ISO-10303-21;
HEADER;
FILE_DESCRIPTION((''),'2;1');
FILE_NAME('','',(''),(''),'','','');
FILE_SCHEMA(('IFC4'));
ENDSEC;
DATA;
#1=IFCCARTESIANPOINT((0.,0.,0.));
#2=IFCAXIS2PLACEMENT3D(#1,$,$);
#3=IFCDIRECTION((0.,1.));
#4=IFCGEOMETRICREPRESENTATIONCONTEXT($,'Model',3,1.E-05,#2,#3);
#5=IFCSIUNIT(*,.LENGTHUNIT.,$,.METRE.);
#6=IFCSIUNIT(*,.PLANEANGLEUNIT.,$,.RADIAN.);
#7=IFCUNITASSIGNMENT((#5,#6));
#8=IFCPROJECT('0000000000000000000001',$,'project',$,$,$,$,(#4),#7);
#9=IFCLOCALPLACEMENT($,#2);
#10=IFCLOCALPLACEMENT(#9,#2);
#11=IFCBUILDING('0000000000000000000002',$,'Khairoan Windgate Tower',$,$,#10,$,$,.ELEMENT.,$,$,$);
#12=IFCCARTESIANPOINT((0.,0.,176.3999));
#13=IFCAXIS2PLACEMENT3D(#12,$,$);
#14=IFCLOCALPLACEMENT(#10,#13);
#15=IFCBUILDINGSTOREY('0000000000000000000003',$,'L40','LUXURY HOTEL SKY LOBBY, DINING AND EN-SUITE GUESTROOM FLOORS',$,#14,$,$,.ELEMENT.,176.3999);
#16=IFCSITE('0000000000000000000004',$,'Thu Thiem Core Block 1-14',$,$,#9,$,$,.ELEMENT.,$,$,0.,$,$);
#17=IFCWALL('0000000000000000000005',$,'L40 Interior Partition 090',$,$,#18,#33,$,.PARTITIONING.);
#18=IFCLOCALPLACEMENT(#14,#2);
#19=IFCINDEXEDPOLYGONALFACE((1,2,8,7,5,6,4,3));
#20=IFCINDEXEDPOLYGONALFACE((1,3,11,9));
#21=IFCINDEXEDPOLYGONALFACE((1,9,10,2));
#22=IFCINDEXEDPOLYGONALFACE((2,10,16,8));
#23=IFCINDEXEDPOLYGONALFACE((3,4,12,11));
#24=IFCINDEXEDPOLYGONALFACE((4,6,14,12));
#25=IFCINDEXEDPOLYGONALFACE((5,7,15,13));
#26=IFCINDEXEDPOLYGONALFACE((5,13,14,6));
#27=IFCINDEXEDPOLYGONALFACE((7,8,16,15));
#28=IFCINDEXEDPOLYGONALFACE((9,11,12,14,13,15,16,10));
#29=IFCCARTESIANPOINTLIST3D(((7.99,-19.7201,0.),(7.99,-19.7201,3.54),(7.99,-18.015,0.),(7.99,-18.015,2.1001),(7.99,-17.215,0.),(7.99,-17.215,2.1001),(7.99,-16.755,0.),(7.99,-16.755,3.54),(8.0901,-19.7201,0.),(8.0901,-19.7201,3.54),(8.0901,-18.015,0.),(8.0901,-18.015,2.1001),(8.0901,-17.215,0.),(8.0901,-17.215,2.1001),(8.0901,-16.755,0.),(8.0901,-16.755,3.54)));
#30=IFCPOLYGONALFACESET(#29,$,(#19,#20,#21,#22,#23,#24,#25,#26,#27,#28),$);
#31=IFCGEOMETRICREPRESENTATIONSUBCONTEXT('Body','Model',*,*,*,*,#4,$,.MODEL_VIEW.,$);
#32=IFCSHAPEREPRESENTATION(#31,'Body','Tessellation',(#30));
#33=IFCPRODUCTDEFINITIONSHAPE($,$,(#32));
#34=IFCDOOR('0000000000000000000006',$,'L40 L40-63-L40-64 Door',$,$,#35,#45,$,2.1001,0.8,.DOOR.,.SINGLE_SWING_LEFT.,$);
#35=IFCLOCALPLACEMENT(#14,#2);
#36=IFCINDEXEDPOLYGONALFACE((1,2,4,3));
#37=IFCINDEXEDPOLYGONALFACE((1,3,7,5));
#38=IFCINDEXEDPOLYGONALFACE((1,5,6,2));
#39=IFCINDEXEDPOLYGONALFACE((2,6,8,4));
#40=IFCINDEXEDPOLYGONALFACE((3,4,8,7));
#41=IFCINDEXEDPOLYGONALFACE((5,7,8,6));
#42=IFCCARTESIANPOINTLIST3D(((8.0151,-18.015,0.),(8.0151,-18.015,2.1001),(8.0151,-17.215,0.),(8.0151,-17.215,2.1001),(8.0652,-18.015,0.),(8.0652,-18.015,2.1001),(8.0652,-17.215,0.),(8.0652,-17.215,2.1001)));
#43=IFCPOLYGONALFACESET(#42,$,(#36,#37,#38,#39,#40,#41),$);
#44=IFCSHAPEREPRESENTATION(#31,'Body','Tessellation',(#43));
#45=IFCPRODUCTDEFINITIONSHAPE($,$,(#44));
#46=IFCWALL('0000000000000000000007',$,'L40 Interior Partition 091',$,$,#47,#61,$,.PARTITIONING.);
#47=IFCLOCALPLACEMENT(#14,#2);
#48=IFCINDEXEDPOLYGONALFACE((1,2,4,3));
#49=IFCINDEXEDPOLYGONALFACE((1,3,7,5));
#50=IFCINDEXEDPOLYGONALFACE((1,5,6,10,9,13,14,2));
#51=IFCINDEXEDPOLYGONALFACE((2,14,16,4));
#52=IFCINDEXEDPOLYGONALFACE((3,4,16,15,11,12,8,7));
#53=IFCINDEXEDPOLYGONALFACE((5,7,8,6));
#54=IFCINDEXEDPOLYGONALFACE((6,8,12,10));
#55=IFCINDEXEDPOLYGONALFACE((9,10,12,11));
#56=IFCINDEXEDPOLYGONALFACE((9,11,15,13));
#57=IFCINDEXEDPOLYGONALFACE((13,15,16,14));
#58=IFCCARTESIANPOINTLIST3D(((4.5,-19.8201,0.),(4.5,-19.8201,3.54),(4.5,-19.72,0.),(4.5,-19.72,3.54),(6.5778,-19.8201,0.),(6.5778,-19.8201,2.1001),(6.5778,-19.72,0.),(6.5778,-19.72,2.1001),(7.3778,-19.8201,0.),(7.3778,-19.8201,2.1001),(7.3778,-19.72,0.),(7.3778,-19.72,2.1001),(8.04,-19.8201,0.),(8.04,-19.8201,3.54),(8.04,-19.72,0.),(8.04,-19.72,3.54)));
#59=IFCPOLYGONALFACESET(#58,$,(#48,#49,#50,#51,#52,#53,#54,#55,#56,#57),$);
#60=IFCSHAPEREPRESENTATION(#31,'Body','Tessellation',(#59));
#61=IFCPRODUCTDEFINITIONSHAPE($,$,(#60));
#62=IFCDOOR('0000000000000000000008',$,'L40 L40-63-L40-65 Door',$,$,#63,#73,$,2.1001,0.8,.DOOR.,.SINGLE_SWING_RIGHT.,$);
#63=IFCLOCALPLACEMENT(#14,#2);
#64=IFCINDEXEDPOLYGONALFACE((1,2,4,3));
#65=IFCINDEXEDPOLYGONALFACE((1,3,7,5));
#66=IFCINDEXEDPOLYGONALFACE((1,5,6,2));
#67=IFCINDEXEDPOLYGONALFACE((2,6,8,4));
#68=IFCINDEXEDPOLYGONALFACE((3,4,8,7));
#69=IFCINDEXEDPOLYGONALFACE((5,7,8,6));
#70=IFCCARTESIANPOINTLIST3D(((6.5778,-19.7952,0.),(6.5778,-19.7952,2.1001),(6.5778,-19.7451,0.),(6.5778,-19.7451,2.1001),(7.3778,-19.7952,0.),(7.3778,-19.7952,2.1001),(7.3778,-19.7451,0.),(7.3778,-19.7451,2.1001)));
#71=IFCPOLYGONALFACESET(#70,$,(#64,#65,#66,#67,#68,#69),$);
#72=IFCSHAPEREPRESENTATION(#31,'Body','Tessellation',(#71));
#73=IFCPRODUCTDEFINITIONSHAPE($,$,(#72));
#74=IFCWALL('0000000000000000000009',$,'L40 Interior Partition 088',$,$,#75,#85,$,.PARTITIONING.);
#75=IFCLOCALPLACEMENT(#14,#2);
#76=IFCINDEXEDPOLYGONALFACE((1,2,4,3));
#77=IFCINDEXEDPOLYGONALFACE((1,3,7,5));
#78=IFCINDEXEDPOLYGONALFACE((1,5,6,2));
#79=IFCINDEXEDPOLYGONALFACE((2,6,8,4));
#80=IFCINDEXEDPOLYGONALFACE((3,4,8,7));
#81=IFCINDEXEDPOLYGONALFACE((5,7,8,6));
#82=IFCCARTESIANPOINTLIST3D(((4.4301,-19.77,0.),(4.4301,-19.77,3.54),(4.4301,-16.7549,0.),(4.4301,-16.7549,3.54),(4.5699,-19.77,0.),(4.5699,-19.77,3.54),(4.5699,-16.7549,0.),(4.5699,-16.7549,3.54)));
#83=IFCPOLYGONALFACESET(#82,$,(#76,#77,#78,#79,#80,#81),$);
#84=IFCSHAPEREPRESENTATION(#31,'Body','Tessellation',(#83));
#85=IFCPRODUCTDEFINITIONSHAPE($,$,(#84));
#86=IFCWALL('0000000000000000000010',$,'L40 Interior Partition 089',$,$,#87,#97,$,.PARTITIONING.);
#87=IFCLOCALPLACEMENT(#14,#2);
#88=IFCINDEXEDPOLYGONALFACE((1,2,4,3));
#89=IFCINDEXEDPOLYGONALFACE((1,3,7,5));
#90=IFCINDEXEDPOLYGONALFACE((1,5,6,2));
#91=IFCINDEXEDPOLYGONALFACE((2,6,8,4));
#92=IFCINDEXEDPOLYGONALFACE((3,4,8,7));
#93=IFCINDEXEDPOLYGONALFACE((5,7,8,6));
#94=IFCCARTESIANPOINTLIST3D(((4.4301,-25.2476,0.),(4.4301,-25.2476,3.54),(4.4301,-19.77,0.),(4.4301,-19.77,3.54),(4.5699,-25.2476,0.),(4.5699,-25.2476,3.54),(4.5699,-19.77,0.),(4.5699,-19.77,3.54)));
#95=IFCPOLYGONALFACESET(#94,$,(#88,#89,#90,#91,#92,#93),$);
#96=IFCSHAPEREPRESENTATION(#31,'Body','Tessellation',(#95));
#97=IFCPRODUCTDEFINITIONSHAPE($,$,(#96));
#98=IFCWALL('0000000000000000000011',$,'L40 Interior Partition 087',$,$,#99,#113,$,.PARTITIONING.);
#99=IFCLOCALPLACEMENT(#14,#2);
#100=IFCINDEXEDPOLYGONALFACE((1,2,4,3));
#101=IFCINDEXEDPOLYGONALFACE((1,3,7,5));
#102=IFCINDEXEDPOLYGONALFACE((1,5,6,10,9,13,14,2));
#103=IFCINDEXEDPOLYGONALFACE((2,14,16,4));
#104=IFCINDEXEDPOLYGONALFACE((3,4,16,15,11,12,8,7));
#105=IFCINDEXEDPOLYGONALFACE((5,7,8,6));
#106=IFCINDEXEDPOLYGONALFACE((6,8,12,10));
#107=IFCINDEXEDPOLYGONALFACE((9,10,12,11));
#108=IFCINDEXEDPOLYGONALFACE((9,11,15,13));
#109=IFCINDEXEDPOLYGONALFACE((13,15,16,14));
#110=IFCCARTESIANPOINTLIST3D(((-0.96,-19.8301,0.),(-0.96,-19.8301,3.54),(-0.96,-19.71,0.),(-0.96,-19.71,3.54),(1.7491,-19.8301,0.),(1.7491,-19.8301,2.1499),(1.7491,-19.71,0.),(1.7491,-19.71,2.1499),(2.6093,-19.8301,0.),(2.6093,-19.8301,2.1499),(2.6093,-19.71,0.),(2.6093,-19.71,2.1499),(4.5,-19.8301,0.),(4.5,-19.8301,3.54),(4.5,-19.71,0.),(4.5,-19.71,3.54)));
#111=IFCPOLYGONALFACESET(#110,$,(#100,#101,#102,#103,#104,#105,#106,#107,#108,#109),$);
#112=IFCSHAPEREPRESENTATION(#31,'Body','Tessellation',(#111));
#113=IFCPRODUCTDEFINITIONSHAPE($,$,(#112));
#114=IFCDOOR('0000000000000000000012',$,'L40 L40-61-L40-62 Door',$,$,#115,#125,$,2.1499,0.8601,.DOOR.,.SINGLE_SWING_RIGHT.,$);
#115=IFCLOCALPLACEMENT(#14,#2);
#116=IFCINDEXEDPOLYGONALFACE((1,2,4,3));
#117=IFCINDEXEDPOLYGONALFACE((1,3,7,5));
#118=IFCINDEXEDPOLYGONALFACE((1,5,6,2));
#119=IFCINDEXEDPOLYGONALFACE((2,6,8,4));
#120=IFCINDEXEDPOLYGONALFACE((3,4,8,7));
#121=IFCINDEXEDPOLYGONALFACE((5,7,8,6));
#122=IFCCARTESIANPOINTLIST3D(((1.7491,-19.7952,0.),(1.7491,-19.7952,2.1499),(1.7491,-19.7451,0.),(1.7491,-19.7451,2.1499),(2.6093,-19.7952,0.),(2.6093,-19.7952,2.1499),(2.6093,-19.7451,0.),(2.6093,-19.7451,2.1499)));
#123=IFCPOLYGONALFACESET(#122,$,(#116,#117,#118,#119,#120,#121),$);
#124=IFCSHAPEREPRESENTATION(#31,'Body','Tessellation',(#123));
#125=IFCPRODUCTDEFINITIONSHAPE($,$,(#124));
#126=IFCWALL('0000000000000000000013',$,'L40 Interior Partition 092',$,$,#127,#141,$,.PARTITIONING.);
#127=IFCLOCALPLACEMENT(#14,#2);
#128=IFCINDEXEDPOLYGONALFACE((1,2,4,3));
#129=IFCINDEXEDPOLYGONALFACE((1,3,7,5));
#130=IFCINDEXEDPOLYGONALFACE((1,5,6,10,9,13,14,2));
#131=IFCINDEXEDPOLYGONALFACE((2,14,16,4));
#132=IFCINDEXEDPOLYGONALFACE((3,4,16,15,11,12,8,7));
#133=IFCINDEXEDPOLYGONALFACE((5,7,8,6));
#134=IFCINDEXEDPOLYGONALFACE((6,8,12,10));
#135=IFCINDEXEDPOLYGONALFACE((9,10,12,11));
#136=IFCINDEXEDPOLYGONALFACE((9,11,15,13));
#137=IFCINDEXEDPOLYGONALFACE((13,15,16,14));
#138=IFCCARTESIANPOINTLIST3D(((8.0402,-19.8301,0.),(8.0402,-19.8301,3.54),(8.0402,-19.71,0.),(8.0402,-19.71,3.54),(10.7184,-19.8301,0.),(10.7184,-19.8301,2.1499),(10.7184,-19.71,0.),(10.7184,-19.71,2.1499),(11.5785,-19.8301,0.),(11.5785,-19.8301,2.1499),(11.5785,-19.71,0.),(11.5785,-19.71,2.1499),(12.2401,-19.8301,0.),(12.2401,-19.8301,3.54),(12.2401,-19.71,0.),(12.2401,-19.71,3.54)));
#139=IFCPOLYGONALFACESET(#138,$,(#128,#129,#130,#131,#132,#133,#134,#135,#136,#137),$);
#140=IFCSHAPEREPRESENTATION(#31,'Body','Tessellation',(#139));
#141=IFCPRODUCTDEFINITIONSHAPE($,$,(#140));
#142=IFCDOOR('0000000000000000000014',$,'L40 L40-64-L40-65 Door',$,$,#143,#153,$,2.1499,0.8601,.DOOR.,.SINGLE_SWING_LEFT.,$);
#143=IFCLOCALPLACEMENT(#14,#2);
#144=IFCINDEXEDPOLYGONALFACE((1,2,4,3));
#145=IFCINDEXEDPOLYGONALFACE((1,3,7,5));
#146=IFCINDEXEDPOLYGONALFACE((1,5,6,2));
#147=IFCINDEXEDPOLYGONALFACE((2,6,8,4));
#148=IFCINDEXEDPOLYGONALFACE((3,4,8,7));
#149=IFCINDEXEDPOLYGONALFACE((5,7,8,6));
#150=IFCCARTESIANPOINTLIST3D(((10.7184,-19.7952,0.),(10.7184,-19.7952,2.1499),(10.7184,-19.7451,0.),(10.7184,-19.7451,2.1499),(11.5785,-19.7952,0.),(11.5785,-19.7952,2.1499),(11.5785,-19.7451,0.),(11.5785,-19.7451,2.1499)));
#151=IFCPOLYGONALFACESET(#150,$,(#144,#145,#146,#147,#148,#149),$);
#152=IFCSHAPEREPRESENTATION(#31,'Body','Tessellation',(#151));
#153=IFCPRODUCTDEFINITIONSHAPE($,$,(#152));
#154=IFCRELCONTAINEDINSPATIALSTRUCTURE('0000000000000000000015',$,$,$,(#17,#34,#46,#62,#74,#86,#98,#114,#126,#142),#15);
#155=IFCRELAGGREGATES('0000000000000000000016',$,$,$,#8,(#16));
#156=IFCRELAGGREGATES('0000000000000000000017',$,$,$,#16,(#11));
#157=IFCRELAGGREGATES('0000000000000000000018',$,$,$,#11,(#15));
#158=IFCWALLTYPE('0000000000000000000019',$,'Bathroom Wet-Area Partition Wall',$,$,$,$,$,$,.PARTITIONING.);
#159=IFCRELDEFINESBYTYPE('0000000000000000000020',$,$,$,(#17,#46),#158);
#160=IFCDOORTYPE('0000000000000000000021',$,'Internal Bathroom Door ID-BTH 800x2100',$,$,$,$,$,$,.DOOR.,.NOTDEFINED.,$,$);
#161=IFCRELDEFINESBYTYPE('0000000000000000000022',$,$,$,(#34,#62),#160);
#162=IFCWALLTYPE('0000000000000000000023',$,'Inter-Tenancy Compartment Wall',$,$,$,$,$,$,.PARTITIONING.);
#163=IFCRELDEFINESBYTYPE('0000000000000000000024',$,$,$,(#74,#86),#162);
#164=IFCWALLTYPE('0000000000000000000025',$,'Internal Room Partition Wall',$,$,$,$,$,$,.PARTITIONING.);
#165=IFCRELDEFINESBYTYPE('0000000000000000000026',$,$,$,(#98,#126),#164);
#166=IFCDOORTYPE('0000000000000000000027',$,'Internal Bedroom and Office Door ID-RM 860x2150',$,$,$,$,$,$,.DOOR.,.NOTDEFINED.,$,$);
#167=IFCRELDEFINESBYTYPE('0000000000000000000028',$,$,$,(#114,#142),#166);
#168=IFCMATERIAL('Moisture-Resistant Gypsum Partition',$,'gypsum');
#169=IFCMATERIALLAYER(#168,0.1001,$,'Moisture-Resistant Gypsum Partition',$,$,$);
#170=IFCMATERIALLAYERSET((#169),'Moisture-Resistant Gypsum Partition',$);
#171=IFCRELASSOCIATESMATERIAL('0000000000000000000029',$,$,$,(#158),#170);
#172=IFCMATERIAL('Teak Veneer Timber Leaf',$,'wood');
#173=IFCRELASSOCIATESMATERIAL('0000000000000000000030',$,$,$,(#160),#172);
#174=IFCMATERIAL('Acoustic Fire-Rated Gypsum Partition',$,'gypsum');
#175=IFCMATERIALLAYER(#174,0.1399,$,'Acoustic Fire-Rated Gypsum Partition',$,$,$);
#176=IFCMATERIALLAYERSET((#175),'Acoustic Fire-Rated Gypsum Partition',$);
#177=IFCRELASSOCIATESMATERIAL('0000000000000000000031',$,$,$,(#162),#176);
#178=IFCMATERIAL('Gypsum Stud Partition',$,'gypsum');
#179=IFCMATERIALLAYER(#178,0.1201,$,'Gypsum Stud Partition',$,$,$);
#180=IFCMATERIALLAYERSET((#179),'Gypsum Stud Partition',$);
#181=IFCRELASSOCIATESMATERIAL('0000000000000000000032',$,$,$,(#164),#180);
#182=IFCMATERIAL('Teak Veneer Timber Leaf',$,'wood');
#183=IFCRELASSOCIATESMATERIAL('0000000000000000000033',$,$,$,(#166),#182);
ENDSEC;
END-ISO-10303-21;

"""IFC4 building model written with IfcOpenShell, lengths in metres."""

from ifc_helpers import new_model, si_unit, direction, frame, frame_2d, origin, place, context, subcontext, project, spatial, rectangle, extrude, material, layer, layer_set, type_object, element, fill, save


model = new_model("IFC4")

# Units and contexts
model_context = context("Model", 3, precision=1e-05, world=origin(), true_north=direction((0.0, 1.0)))
body_context = subcontext(model_context, "Body", "Model", "MODEL_VIEW")
ifc_project = project(units=[si_unit("LENGTHUNIT", "METRE"), si_unit("PLANEANGLEUNIT", "RADIAN")], contexts=[model_context])

# Site, building, storey
site_placement = place(None, origin())
site = spatial("IfcSite", under=ifc_project, at=site_placement, Name="Thu Thiem Core Block 1-14", CompositionType="ELEMENT", RefElevation=0.0)
building_placement = place(site_placement, origin())
building = spatial("IfcBuilding", under=site, at=building_placement, Name="Khairoan Windgate Tower", CompositionType="ELEMENT")
storey_placement = place(building_placement, frame((0.0, 0.0, 176.3999)))
storey = spatial("IfcBuildingStorey", under=building, at=storey_placement, Name="L40", Description="LUXURY HOTEL SKY LOBBY, DINING AND EN-SUITE GUESTROOM FLOORS", CompositionType="ELEMENT", Elevation=176.3999)

# Shared definitions
ifc_material_1 = material(Name="Moisture-Resistant Gypsum Partition", Category="gypsum")
ifc_layer_1 = layer(ifc_material_1, 0.1001, Name="Moisture-Resistant Gypsum Partition")
ifc_layer_set_1 = layer_set([ifc_layer_1], Name="Moisture-Resistant Gypsum Partition")
wall_type_1 = type_object("IfcWallType", Name="Bathroom Wet-Area Partition Wall", PredefinedType="PARTITIONING", material=ifc_layer_set_1)

# Walls, openings, doors
wall_1_placement = place(storey_placement, frame((8.04, -19.72, 0.0), z_axis=(0.0, 0.0, 1.0), x_axis=(0.0, 1.0, 0.0)))
wall_1 = element("IfcWall", 1, at=wall_1_placement, inside=storey, type_object=wall_type_1, Name="L40 Interior Partition 090", PredefinedType="PARTITIONING", context=body_context, shape_type="SweptSolid", body=[
    extrude(rectangle(XDim=2.9651, YDim=0.1001, at=frame_2d((1.4824, 0.0))), origin(), (0.0, 0.0, 1.0), 3.54),
])
opening_1_placement = place(wall_1_placement, frame((1.7051, 0.0, 0.0)))
opening_1 = element("IfcOpeningElement", 2, at=opening_1_placement, cuts=wall_1, PredefinedType="OPENING", context=body_context, shape_type="SweptSolid", body=[
    extrude(rectangle(XDim=0.8, YDim=2.1001, at=frame_2d((0.3999, 1.05))), frame((0.0, 0.0601, 0.0), z_axis=(0.0, -1.0, 0.0), x_axis=(1.0, 0.0, 0.0)), (0.0, 0.0, 1.0), 0.1201),
])
ifc_material_2 = material(Name="Teak Veneer Timber Leaf", Category="wood")
door_type_1 = type_object("IfcDoorType", Name="Internal Bathroom Door ID-BTH 800x2100", OperationType="NOTDEFINED", PredefinedType="DOOR", material=ifc_material_2)
door_1_placement = place(opening_1_placement, origin())
door_1 = element("IfcDoor", 3, at=door_1_placement, inside=storey, type_object=door_type_1, Name="L40 L40-63-L40-64 Door", OperationType="SINGLE_SWING_LEFT", OverallHeight=2.1001, OverallWidth=0.8, PredefinedType="DOOR", context=body_context, shape_type="SweptSolid", body=[
    extrude(rectangle(XDim=0.8, YDim=2.1001, at=frame_2d((0.3999, 1.05))), frame((0.0, 0.0249, 0.0), z_axis=(0.0, -1.0, 0.0), x_axis=(1.0, 0.0, 0.0)), (0.0, 0.0, 1.0), 0.05),
])
fill(opening_1, door_1)
wall_2_placement = place(storey_placement, frame((4.5, -19.77, 0.0), z_axis=(0.0, 0.0, 1.0), x_axis=(1.0, 0.0, 0.0)))
wall_2 = element("IfcWall", 4, at=wall_2_placement, inside=storey, type_object=wall_type_1, Name="L40 Interior Partition 091", PredefinedType="PARTITIONING", context=body_context, shape_type="SweptSolid", body=[
    extrude(rectangle(XDim=3.54, YDim=0.1001, at=frame_2d((1.77, 0.0))), origin(), (0.0, 0.0, 1.0), 3.54),
])
opening_2_placement = place(wall_2_placement, frame((2.0779, 0.0, 0.0)))
opening_2 = element("IfcOpeningElement", 5, at=opening_2_placement, cuts=wall_2, PredefinedType="OPENING", context=body_context, shape_type="SweptSolid", body=[
    extrude(rectangle(XDim=0.8, YDim=2.1001, at=frame_2d((0.3999, 1.05))), frame((0.0, 0.0601, 0.0), z_axis=(0.0, -1.0, 0.0), x_axis=(1.0, 0.0, 0.0)), (0.0, 0.0, 1.0), 0.1201),
])
door_2_placement = place(opening_2_placement, origin())
door_2 = element("IfcDoor", 6, at=door_2_placement, inside=storey, type_object=door_type_1, Name="L40 L40-63-L40-65 Door", OperationType="SINGLE_SWING_RIGHT", OverallHeight=2.1001, OverallWidth=0.8, PredefinedType="DOOR", context=body_context, shape_type="SweptSolid", body=[
    extrude(rectangle(XDim=0.8, YDim=2.1001, at=frame_2d((0.3999, 1.05))), frame((0.0, 0.0249, 0.0), z_axis=(0.0, -1.0, 0.0), x_axis=(1.0, 0.0, 0.0)), (0.0, 0.0, 1.0), 0.05),
])
fill(opening_2, door_2)

# Walls
ifc_material_3 = material(Name="Acoustic Fire-Rated Gypsum Partition", Category="gypsum")
ifc_layer_2 = layer(ifc_material_3, 0.1399, Name="Acoustic Fire-Rated Gypsum Partition")
ifc_layer_set_2 = layer_set([ifc_layer_2], Name="Acoustic Fire-Rated Gypsum Partition")
wall_type_2 = type_object("IfcWallType", Name="Inter-Tenancy Compartment Wall", PredefinedType="PARTITIONING", material=ifc_layer_set_2)
wall_3_placement = place(storey_placement, frame((4.5, -19.77, 0.0), z_axis=(0.0, 0.0, 1.0), x_axis=(0.0, 1.0, 0.0)))
element("IfcWall", 7, at=wall_3_placement, inside=storey, type_object=wall_type_2, Name="L40 Interior Partition 088", PredefinedType="PARTITIONING", context=body_context, shape_type="SweptSolid", body=[
    extrude(rectangle(XDim=3.0151, YDim=0.1399, at=frame_2d((1.5076, 0.0))), origin(), (0.0, 0.0, 1.0), 3.54),
])
wall_4_placement = place(storey_placement, frame((4.5, -25.2476, 0.0), z_axis=(0.0, 0.0, 1.0), x_axis=(0.0, 1.0, 0.0)))
element("IfcWall", 8, at=wall_4_placement, inside=storey, type_object=wall_type_2, Name="L40 Interior Partition 089", PredefinedType="PARTITIONING", context=body_context, shape_type="SweptSolid", body=[
    extrude(rectangle(XDim=5.4775, YDim=0.1399, at=frame_2d((2.7388, 0.0))), origin(), (0.0, 0.0, 1.0), 3.54),
])

# Walls, openings, doors
ifc_material_4 = material(Name="Gypsum Stud Partition", Category="gypsum")
ifc_layer_3 = layer(ifc_material_4, 0.1201, Name="Gypsum Stud Partition")
ifc_layer_set_3 = layer_set([ifc_layer_3], Name="Gypsum Stud Partition")
wall_type_3 = type_object("IfcWallType", Name="Internal Room Partition Wall", PredefinedType="PARTITIONING", material=ifc_layer_set_3)
wall_5_placement = place(storey_placement, frame((-0.96, -19.77, 0.0), z_axis=(0.0, 0.0, 1.0), x_axis=(1.0, 0.0, 0.0)))
wall_5 = element("IfcWall", 9, at=wall_5_placement, inside=storey, type_object=wall_type_3, Name="L40 Interior Partition 087", PredefinedType="PARTITIONING", context=body_context, shape_type="SweptSolid", body=[
    extrude(rectangle(XDim=5.46, YDim=0.1201, at=frame_2d((2.73, 0.0))), origin(), (0.0, 0.0, 1.0), 3.54),
])
opening_3_placement = place(wall_5_placement, frame((2.709, 0.0, 0.0)))
opening_3 = element("IfcOpeningElement", 10, at=opening_3_placement, cuts=wall_5, PredefinedType="OPENING", context=body_context, shape_type="SweptSolid", body=[
    extrude(rectangle(XDim=0.8601, YDim=2.1499, at=frame_2d((0.4302, 1.075))), frame((0.0, 0.0701, 0.0), z_axis=(0.0, -1.0, 0.0), x_axis=(1.0, 0.0, 0.0)), (0.0, 0.0, 1.0), 0.1401),
])
ifc_material_5 = material(Name="Teak Veneer Timber Leaf", Category="wood")
door_type_2 = type_object("IfcDoorType", Name="Internal Bedroom and Office Door ID-RM 860x2150", OperationType="NOTDEFINED", PredefinedType="DOOR", material=ifc_material_5)
door_3_placement = place(opening_3_placement, origin())
door_3 = element("IfcDoor", 11, at=door_3_placement, inside=storey, type_object=door_type_2, Name="L40 L40-61-L40-62 Door", OperationType="SINGLE_SWING_RIGHT", OverallHeight=2.1499, OverallWidth=0.8601, PredefinedType="DOOR", context=body_context, shape_type="SweptSolid", body=[
    extrude(rectangle(XDim=0.8601, YDim=2.1499, at=frame_2d((0.4302, 1.075))), frame((0.0, 0.0249, 0.0), z_axis=(0.0, -1.0, 0.0), x_axis=(1.0, 0.0, 0.0)), (0.0, 0.0, 1.0), 0.05),
])
fill(opening_3, door_3)
wall_6_placement = place(storey_placement, frame((8.04, -19.77, 0.0), z_axis=(0.0, 0.0, 1.0), x_axis=(1.0, 0.0, 0.0)))
wall_6 = element("IfcWall", 12, at=wall_6_placement, inside=storey, type_object=wall_type_3, Name="L40 Interior Partition 092", PredefinedType="PARTITIONING", context=body_context, shape_type="SweptSolid", body=[
    extrude(rectangle(XDim=4.2, YDim=0.1201, at=frame_2d((2.1001, 0.0))), origin(), (0.0, 0.0, 1.0), 3.54),
])
opening_4_placement = place(wall_6_placement, frame((2.6782, 0.0, 0.0)))
opening_4 = element("IfcOpeningElement", 13, at=opening_4_placement, cuts=wall_6, PredefinedType="OPENING", context=body_context, shape_type="SweptSolid", body=[
    extrude(rectangle(XDim=0.8601, YDim=2.1499, at=frame_2d((0.4302, 1.075))), frame((0.0, 0.0701, 0.0), z_axis=(0.0, -1.0, 0.0), x_axis=(1.0, 0.0, 0.0)), (0.0, 0.0, 1.0), 0.1401),
])
door_4_placement = place(opening_4_placement, origin())
door_4 = element("IfcDoor", 14, at=door_4_placement, inside=storey, type_object=door_type_2, Name="L40 L40-64-L40-65 Door", OperationType="SINGLE_SWING_LEFT", OverallHeight=2.1499, OverallWidth=0.8601, PredefinedType="DOOR", context=body_context, shape_type="SweptSolid", body=[
    extrude(rectangle(XDim=0.8601, YDim=2.1499, at=frame_2d((0.4302, 1.075))), frame((0.0, 0.0249, 0.0), z_axis=(0.0, -1.0, 0.0), x_axis=(1.0, 0.0, 0.0)), (0.0, 0.0, 1.0), 0.05),
])
fill(opening_4, door_4)

save(model, "model.ifc")
